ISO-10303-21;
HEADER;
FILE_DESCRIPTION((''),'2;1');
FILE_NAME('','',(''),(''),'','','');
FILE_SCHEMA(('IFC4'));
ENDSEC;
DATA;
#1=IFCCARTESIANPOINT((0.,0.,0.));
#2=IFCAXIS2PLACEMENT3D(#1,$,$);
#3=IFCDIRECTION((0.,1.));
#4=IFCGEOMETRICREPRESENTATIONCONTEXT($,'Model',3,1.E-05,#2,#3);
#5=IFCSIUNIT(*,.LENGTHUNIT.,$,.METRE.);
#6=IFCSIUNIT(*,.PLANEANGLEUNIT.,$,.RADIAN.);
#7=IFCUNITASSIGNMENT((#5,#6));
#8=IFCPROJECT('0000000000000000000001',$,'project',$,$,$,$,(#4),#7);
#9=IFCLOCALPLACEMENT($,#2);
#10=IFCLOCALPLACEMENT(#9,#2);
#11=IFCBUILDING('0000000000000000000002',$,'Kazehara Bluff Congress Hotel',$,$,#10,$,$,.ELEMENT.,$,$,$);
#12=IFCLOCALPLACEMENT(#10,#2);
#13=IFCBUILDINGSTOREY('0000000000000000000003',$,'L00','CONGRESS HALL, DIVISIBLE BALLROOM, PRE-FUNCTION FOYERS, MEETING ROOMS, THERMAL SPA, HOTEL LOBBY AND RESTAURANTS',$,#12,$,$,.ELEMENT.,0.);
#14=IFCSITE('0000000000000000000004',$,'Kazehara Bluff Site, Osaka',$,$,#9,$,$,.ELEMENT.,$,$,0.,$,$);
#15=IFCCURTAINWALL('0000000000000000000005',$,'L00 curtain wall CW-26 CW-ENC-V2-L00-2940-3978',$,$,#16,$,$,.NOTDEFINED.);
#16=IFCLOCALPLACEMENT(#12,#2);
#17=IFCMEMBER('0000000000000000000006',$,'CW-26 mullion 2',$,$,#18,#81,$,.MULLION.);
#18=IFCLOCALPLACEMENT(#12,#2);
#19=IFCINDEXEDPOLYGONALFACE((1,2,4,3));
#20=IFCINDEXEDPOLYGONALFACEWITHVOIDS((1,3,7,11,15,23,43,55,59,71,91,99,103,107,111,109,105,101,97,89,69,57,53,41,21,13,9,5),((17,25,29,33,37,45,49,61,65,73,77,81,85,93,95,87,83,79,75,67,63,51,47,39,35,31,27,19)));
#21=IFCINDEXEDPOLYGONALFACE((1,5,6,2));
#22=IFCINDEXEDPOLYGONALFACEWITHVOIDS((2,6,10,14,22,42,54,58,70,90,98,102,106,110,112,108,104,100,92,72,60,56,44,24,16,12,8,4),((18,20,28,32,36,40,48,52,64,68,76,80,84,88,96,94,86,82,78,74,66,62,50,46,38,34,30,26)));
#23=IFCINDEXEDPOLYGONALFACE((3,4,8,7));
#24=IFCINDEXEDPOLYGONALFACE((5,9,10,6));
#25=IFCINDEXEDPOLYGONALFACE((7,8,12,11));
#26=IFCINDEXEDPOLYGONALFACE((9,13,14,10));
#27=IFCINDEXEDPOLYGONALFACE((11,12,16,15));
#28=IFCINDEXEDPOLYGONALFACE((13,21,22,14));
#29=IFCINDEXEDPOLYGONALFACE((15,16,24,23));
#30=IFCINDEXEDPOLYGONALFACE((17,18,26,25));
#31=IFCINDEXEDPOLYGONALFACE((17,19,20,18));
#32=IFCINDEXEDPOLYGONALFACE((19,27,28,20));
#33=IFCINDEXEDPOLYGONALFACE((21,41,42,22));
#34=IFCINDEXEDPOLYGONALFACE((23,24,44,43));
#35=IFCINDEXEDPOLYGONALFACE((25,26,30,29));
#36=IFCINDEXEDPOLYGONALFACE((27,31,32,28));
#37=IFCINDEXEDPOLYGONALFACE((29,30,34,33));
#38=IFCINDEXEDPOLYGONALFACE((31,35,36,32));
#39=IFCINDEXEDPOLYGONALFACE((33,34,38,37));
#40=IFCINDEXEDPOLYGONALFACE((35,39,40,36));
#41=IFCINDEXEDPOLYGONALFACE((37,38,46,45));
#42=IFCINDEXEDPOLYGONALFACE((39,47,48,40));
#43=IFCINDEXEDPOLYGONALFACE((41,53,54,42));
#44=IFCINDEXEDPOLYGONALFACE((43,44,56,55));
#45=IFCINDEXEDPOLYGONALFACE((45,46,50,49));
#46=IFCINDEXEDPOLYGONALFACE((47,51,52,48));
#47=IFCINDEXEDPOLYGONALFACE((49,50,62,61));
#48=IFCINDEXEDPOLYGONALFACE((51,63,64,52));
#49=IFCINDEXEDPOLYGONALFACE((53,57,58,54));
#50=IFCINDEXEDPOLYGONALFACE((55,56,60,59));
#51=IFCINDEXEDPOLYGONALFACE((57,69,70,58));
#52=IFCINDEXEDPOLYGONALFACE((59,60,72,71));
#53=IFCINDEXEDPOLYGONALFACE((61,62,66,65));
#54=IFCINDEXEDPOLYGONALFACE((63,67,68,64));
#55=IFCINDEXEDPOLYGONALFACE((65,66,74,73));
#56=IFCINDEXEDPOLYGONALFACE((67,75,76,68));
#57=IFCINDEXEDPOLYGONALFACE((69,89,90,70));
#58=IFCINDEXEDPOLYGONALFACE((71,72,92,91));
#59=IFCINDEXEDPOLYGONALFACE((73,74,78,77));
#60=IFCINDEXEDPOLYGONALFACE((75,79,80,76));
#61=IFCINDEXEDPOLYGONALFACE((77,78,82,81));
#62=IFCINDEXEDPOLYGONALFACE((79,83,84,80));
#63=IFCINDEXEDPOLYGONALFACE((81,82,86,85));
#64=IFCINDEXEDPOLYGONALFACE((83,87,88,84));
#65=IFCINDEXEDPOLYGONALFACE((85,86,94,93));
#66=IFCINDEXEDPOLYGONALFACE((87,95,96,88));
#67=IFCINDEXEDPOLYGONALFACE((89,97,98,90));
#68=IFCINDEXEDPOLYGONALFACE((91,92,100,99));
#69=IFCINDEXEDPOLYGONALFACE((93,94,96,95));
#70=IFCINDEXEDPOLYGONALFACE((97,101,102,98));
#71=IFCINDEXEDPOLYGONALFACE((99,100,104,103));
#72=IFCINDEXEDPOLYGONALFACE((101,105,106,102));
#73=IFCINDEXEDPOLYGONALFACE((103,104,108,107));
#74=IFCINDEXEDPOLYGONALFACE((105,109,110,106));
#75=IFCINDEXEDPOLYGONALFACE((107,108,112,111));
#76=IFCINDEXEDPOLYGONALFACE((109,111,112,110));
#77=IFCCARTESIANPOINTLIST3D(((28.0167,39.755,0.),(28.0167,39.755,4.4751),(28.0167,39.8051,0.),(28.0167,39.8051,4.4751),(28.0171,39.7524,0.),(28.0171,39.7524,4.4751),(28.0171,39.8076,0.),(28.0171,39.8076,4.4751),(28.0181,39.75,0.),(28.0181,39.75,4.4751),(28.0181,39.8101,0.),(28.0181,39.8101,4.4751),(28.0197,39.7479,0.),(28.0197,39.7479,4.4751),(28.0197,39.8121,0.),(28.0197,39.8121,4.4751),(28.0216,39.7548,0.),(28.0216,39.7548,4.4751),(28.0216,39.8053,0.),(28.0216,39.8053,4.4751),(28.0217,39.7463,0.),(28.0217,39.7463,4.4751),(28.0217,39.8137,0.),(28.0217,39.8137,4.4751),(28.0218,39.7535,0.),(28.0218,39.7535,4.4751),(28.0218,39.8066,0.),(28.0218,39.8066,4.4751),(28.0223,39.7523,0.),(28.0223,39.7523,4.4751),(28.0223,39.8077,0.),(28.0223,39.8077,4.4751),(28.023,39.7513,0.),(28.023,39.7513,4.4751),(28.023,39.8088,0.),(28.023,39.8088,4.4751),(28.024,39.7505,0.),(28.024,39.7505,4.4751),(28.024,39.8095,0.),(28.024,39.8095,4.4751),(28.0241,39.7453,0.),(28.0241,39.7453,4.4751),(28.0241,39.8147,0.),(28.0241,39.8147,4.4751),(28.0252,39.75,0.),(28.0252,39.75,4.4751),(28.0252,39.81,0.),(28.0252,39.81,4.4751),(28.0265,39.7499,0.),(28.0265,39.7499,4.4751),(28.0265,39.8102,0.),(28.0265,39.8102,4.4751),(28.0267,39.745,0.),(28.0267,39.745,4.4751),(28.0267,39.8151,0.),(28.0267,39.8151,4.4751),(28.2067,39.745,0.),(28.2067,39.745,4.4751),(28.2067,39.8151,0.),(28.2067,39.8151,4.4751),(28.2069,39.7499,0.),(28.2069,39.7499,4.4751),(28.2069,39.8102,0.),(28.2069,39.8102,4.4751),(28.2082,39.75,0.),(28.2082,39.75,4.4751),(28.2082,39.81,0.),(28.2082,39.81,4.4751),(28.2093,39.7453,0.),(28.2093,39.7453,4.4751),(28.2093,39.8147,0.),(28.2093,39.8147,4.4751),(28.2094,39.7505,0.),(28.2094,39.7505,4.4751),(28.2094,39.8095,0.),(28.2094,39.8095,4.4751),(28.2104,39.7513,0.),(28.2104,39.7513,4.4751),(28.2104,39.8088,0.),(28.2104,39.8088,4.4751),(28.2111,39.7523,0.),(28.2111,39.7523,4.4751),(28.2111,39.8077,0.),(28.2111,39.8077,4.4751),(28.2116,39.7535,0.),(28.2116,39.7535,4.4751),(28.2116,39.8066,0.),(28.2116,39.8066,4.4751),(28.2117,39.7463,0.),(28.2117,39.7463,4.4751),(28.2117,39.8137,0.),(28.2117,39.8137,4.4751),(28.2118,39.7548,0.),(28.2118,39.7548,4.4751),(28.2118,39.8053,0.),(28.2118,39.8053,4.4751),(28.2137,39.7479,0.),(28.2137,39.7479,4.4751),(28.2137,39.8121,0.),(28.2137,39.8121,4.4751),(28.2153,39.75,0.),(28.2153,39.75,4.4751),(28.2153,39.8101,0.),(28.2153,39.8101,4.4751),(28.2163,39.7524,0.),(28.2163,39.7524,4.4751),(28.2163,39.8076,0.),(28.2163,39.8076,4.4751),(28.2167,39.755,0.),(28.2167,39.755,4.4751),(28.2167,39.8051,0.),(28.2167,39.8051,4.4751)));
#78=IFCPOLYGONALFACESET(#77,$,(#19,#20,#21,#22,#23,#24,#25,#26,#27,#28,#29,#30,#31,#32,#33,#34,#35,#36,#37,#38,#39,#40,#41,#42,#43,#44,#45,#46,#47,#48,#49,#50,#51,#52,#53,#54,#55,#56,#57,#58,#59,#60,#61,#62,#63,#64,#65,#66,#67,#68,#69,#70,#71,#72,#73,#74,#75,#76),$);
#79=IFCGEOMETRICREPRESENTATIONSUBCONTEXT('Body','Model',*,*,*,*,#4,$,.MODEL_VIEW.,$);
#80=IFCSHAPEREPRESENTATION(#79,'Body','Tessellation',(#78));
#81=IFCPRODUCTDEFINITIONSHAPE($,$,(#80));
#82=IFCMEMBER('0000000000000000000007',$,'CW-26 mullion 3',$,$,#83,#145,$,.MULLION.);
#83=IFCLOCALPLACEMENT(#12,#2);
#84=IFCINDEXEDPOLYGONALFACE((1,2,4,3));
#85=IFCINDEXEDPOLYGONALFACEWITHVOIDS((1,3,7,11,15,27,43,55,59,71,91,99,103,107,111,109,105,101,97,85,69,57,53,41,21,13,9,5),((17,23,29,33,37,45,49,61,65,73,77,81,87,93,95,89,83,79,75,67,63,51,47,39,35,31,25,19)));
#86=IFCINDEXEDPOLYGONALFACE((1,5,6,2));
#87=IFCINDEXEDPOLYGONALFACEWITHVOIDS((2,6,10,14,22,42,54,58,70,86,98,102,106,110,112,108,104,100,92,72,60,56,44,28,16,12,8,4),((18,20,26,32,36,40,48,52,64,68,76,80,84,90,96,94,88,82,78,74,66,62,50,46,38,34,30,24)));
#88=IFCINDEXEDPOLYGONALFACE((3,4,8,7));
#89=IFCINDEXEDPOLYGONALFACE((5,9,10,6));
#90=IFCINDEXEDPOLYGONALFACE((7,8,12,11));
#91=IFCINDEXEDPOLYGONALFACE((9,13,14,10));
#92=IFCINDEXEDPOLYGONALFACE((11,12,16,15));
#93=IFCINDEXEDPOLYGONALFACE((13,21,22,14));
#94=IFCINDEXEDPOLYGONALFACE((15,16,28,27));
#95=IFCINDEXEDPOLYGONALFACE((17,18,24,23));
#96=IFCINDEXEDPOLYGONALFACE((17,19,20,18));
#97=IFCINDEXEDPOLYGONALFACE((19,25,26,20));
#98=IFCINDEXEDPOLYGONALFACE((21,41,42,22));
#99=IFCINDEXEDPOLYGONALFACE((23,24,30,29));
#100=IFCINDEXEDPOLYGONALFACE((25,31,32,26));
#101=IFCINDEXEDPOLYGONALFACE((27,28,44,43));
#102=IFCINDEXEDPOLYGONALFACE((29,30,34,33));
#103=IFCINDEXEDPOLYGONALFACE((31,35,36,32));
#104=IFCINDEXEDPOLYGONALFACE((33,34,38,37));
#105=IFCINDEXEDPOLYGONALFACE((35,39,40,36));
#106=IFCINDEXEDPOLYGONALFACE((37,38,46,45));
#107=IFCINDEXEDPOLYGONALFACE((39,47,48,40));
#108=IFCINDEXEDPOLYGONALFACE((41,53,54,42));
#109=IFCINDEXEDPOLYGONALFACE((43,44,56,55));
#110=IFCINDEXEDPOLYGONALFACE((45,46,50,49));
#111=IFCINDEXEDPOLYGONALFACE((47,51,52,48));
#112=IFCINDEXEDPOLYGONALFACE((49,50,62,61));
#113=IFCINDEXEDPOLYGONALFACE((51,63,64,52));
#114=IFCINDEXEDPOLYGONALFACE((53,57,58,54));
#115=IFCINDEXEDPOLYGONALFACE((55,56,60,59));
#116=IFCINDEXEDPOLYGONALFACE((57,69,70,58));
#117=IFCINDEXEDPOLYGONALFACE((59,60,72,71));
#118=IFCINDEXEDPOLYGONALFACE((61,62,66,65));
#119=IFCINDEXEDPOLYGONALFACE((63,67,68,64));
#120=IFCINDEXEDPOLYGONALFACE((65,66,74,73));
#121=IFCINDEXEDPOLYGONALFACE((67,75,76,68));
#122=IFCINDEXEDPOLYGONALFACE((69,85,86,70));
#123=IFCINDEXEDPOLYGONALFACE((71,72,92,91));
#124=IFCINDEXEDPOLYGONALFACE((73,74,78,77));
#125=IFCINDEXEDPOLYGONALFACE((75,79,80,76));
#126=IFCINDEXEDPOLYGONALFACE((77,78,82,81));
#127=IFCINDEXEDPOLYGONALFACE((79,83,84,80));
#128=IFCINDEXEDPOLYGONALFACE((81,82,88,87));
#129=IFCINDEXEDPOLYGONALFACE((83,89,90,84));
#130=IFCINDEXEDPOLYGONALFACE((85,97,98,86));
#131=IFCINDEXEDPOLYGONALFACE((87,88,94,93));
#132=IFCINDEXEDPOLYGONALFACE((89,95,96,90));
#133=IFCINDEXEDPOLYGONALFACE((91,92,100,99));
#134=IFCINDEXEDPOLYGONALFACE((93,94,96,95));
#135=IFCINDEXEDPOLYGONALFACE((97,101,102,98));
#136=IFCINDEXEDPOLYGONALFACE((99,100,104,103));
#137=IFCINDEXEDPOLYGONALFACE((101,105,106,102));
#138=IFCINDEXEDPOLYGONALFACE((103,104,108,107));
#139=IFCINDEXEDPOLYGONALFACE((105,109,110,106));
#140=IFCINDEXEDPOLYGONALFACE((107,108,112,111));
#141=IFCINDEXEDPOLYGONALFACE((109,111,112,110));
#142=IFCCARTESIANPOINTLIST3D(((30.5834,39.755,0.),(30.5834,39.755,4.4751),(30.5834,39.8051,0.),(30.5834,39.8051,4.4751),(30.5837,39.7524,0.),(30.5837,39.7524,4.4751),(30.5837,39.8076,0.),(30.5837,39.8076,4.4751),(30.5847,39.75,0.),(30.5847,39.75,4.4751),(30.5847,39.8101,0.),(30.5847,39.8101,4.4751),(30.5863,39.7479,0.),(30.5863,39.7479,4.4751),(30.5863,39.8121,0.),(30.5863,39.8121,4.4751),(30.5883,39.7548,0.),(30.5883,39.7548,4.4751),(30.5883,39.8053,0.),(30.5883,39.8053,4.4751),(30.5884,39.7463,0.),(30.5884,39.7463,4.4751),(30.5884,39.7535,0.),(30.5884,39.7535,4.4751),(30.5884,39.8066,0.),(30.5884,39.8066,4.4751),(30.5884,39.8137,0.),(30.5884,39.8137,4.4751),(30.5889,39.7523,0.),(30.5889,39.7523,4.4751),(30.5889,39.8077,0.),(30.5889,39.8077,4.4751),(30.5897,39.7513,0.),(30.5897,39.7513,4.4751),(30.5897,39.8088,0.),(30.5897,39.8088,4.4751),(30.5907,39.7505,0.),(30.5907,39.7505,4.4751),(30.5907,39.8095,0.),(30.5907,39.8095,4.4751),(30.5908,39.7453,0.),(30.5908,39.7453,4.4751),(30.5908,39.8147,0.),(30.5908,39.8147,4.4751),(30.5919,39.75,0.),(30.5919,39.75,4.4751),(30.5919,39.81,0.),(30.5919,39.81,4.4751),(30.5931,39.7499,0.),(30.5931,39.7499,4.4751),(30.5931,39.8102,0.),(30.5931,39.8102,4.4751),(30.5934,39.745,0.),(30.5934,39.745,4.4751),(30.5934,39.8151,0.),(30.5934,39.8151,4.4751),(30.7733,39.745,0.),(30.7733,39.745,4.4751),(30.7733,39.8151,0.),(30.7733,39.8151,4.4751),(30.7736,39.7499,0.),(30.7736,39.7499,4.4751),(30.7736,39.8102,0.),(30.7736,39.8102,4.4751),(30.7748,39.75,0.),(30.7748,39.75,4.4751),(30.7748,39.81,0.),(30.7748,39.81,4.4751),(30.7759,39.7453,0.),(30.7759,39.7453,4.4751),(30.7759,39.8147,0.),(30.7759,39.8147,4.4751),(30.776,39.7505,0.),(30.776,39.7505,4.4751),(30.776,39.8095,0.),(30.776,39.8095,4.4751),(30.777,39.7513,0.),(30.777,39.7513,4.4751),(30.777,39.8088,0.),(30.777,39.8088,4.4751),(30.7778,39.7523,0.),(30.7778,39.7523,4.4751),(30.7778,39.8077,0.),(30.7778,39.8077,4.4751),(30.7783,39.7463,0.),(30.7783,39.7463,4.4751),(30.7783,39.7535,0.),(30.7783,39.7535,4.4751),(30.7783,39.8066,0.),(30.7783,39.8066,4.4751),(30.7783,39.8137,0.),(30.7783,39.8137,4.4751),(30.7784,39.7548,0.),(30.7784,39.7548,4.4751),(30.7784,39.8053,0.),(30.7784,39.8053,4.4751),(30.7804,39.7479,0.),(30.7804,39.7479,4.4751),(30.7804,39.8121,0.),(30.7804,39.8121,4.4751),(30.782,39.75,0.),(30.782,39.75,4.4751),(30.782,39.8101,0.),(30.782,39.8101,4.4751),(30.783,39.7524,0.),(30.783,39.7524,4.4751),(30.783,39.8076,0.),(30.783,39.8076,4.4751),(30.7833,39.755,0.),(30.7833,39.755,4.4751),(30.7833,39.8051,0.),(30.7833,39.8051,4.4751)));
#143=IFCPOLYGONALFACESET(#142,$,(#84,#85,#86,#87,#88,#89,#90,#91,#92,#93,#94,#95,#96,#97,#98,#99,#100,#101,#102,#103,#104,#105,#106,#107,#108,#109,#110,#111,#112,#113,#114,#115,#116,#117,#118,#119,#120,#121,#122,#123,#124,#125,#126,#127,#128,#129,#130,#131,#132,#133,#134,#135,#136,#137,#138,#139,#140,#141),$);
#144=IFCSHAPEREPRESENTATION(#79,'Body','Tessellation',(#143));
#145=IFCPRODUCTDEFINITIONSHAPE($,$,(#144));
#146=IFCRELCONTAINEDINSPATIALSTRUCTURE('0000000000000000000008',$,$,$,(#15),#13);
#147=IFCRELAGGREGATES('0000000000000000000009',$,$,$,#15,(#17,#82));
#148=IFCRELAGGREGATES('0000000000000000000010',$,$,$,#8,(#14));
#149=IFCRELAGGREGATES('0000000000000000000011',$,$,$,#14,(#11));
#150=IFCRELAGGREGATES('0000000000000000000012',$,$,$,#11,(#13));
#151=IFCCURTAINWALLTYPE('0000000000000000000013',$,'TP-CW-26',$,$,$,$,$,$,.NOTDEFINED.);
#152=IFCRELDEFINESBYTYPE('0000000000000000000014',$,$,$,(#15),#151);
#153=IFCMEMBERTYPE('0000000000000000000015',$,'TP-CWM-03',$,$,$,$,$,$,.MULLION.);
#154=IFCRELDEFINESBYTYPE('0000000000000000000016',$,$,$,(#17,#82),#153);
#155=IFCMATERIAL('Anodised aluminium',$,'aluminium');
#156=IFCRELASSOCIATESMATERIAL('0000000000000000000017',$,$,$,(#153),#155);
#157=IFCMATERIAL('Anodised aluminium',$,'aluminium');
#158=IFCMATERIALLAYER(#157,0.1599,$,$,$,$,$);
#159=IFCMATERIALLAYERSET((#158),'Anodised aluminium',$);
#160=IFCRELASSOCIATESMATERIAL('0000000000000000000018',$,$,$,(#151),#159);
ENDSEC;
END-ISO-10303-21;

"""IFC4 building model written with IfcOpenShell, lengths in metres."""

from ifc_helpers import new_model, si_unit, direction, frame, origin, origin_2d, place, context, subcontext, project, spatial, hollow_rectangle, extrude, material, layer, layer_set, material_profile, profile_set, type_object, element, aggregate, save


model = new_model("IFC4")

# Units and contexts
model_context = context("Model", 3, precision=1e-05, world=origin(), true_north=direction((0.0, 1.0)))
body_context = subcontext(model_context, "Body", "Model", "MODEL_VIEW")
ifc_project = project(units=[si_unit("LENGTHUNIT", "METRE"), si_unit("PLANEANGLEUNIT", "RADIAN")], contexts=[model_context])

# Site, building, storey
site_placement = place(None, origin())
site = spatial("IfcSite", under=ifc_project, at=site_placement, Name="Kazehara Bluff Site, Osaka", CompositionType="ELEMENT", RefElevation=0.0)
building_placement = place(site_placement, origin())
building = spatial("IfcBuilding", under=site, at=building_placement, Name="Kazehara Bluff Congress Hotel", CompositionType="ELEMENT")
storey_placement = place(building_placement, origin())
storey = spatial("IfcBuildingStorey", under=building, at=storey_placement, Name="L00", Description="CONGRESS HALL, DIVISIBLE BALLROOM, PRE-FUNCTION FOYERS, MEETING ROOMS, THERMAL SPA, HOTEL LOBBY AND RESTAURANTS", CompositionType="ELEMENT", Elevation=0.0)

# Shared definitions
ifc_material_1 = material(Name="Anodised aluminium", Category="aluminium")
ifc_material_profile_1 = material_profile(ifc_material_1, hollow_rectangle(XDim=0.0701, YDim=0.2, WallThickness=0.0049, InnerFilletRadius=0.0049, OuterFilletRadius=0.01, at=origin_2d()))
ifc_profile_set_1 = profile_set([ifc_material_profile_1], Name="Anodised aluminium")
member_type_1 = type_object("IfcMemberType", Name="TP-CWM-03", PredefinedType="MULLION", material=ifc_profile_set_1)

# Curtain wall, members
ifc_material_2 = material(Name="Anodised aluminium", Category="aluminium")
ifc_layer_1 = layer(ifc_material_2, 0.1599)
ifc_layer_set_1 = layer_set([ifc_layer_1], Name="Anodised aluminium")
curtain_wall_type_1 = type_object("IfcCurtainWallType", Name="TP-CW-26", PredefinedType="NOTDEFINED", material=ifc_layer_set_1)
curtain_wall_1_placement = place(storey_placement, origin())
curtain_wall_1 = element("IfcCurtainWall", 1, at=curtain_wall_1_placement, inside=storey, type_object=curtain_wall_type_1, Name="L00 curtain wall CW-26 CW-ENC-V2-L00-2940-3978", PredefinedType="NOTDEFINED")
member_1_placement = place(storey_placement, frame((28.1167, 39.78, 0.0), z_axis=(0.0, 0.0, 1.0), x_axis=(0.0, 1.0, 0.0)))
member_1 = element("IfcMember", 2, at=member_1_placement, type_object=member_type_1, Name="CW-26 mullion 2", PredefinedType="MULLION", context=body_context, shape_type="SweptSolid", body=[
    extrude(hollow_rectangle(XDim=0.0701, YDim=0.2, WallThickness=0.0049, InnerFilletRadius=0.0049, OuterFilletRadius=0.01, at=origin_2d()), origin(), (0.0, 0.0, 1.0), 4.4751),
])
member_2_placement = place(storey_placement, frame((30.6833, 39.78, 0.0), z_axis=(0.0, 0.0, 1.0), x_axis=(0.0, 1.0, 0.0)))
member_2 = element("IfcMember", 3, at=member_2_placement, type_object=member_type_1, Name="CW-26 mullion 3", PredefinedType="MULLION", context=body_context, shape_type="SweptSolid", body=[
    extrude(hollow_rectangle(XDim=0.0701, YDim=0.2, WallThickness=0.0049, InnerFilletRadius=0.0049, OuterFilletRadius=0.01, at=origin_2d()), origin(), (0.0, 0.0, 1.0), 4.4751),
])

aggregate(curtain_wall_1, [member_1, member_2])

save(model, "model.ifc")
